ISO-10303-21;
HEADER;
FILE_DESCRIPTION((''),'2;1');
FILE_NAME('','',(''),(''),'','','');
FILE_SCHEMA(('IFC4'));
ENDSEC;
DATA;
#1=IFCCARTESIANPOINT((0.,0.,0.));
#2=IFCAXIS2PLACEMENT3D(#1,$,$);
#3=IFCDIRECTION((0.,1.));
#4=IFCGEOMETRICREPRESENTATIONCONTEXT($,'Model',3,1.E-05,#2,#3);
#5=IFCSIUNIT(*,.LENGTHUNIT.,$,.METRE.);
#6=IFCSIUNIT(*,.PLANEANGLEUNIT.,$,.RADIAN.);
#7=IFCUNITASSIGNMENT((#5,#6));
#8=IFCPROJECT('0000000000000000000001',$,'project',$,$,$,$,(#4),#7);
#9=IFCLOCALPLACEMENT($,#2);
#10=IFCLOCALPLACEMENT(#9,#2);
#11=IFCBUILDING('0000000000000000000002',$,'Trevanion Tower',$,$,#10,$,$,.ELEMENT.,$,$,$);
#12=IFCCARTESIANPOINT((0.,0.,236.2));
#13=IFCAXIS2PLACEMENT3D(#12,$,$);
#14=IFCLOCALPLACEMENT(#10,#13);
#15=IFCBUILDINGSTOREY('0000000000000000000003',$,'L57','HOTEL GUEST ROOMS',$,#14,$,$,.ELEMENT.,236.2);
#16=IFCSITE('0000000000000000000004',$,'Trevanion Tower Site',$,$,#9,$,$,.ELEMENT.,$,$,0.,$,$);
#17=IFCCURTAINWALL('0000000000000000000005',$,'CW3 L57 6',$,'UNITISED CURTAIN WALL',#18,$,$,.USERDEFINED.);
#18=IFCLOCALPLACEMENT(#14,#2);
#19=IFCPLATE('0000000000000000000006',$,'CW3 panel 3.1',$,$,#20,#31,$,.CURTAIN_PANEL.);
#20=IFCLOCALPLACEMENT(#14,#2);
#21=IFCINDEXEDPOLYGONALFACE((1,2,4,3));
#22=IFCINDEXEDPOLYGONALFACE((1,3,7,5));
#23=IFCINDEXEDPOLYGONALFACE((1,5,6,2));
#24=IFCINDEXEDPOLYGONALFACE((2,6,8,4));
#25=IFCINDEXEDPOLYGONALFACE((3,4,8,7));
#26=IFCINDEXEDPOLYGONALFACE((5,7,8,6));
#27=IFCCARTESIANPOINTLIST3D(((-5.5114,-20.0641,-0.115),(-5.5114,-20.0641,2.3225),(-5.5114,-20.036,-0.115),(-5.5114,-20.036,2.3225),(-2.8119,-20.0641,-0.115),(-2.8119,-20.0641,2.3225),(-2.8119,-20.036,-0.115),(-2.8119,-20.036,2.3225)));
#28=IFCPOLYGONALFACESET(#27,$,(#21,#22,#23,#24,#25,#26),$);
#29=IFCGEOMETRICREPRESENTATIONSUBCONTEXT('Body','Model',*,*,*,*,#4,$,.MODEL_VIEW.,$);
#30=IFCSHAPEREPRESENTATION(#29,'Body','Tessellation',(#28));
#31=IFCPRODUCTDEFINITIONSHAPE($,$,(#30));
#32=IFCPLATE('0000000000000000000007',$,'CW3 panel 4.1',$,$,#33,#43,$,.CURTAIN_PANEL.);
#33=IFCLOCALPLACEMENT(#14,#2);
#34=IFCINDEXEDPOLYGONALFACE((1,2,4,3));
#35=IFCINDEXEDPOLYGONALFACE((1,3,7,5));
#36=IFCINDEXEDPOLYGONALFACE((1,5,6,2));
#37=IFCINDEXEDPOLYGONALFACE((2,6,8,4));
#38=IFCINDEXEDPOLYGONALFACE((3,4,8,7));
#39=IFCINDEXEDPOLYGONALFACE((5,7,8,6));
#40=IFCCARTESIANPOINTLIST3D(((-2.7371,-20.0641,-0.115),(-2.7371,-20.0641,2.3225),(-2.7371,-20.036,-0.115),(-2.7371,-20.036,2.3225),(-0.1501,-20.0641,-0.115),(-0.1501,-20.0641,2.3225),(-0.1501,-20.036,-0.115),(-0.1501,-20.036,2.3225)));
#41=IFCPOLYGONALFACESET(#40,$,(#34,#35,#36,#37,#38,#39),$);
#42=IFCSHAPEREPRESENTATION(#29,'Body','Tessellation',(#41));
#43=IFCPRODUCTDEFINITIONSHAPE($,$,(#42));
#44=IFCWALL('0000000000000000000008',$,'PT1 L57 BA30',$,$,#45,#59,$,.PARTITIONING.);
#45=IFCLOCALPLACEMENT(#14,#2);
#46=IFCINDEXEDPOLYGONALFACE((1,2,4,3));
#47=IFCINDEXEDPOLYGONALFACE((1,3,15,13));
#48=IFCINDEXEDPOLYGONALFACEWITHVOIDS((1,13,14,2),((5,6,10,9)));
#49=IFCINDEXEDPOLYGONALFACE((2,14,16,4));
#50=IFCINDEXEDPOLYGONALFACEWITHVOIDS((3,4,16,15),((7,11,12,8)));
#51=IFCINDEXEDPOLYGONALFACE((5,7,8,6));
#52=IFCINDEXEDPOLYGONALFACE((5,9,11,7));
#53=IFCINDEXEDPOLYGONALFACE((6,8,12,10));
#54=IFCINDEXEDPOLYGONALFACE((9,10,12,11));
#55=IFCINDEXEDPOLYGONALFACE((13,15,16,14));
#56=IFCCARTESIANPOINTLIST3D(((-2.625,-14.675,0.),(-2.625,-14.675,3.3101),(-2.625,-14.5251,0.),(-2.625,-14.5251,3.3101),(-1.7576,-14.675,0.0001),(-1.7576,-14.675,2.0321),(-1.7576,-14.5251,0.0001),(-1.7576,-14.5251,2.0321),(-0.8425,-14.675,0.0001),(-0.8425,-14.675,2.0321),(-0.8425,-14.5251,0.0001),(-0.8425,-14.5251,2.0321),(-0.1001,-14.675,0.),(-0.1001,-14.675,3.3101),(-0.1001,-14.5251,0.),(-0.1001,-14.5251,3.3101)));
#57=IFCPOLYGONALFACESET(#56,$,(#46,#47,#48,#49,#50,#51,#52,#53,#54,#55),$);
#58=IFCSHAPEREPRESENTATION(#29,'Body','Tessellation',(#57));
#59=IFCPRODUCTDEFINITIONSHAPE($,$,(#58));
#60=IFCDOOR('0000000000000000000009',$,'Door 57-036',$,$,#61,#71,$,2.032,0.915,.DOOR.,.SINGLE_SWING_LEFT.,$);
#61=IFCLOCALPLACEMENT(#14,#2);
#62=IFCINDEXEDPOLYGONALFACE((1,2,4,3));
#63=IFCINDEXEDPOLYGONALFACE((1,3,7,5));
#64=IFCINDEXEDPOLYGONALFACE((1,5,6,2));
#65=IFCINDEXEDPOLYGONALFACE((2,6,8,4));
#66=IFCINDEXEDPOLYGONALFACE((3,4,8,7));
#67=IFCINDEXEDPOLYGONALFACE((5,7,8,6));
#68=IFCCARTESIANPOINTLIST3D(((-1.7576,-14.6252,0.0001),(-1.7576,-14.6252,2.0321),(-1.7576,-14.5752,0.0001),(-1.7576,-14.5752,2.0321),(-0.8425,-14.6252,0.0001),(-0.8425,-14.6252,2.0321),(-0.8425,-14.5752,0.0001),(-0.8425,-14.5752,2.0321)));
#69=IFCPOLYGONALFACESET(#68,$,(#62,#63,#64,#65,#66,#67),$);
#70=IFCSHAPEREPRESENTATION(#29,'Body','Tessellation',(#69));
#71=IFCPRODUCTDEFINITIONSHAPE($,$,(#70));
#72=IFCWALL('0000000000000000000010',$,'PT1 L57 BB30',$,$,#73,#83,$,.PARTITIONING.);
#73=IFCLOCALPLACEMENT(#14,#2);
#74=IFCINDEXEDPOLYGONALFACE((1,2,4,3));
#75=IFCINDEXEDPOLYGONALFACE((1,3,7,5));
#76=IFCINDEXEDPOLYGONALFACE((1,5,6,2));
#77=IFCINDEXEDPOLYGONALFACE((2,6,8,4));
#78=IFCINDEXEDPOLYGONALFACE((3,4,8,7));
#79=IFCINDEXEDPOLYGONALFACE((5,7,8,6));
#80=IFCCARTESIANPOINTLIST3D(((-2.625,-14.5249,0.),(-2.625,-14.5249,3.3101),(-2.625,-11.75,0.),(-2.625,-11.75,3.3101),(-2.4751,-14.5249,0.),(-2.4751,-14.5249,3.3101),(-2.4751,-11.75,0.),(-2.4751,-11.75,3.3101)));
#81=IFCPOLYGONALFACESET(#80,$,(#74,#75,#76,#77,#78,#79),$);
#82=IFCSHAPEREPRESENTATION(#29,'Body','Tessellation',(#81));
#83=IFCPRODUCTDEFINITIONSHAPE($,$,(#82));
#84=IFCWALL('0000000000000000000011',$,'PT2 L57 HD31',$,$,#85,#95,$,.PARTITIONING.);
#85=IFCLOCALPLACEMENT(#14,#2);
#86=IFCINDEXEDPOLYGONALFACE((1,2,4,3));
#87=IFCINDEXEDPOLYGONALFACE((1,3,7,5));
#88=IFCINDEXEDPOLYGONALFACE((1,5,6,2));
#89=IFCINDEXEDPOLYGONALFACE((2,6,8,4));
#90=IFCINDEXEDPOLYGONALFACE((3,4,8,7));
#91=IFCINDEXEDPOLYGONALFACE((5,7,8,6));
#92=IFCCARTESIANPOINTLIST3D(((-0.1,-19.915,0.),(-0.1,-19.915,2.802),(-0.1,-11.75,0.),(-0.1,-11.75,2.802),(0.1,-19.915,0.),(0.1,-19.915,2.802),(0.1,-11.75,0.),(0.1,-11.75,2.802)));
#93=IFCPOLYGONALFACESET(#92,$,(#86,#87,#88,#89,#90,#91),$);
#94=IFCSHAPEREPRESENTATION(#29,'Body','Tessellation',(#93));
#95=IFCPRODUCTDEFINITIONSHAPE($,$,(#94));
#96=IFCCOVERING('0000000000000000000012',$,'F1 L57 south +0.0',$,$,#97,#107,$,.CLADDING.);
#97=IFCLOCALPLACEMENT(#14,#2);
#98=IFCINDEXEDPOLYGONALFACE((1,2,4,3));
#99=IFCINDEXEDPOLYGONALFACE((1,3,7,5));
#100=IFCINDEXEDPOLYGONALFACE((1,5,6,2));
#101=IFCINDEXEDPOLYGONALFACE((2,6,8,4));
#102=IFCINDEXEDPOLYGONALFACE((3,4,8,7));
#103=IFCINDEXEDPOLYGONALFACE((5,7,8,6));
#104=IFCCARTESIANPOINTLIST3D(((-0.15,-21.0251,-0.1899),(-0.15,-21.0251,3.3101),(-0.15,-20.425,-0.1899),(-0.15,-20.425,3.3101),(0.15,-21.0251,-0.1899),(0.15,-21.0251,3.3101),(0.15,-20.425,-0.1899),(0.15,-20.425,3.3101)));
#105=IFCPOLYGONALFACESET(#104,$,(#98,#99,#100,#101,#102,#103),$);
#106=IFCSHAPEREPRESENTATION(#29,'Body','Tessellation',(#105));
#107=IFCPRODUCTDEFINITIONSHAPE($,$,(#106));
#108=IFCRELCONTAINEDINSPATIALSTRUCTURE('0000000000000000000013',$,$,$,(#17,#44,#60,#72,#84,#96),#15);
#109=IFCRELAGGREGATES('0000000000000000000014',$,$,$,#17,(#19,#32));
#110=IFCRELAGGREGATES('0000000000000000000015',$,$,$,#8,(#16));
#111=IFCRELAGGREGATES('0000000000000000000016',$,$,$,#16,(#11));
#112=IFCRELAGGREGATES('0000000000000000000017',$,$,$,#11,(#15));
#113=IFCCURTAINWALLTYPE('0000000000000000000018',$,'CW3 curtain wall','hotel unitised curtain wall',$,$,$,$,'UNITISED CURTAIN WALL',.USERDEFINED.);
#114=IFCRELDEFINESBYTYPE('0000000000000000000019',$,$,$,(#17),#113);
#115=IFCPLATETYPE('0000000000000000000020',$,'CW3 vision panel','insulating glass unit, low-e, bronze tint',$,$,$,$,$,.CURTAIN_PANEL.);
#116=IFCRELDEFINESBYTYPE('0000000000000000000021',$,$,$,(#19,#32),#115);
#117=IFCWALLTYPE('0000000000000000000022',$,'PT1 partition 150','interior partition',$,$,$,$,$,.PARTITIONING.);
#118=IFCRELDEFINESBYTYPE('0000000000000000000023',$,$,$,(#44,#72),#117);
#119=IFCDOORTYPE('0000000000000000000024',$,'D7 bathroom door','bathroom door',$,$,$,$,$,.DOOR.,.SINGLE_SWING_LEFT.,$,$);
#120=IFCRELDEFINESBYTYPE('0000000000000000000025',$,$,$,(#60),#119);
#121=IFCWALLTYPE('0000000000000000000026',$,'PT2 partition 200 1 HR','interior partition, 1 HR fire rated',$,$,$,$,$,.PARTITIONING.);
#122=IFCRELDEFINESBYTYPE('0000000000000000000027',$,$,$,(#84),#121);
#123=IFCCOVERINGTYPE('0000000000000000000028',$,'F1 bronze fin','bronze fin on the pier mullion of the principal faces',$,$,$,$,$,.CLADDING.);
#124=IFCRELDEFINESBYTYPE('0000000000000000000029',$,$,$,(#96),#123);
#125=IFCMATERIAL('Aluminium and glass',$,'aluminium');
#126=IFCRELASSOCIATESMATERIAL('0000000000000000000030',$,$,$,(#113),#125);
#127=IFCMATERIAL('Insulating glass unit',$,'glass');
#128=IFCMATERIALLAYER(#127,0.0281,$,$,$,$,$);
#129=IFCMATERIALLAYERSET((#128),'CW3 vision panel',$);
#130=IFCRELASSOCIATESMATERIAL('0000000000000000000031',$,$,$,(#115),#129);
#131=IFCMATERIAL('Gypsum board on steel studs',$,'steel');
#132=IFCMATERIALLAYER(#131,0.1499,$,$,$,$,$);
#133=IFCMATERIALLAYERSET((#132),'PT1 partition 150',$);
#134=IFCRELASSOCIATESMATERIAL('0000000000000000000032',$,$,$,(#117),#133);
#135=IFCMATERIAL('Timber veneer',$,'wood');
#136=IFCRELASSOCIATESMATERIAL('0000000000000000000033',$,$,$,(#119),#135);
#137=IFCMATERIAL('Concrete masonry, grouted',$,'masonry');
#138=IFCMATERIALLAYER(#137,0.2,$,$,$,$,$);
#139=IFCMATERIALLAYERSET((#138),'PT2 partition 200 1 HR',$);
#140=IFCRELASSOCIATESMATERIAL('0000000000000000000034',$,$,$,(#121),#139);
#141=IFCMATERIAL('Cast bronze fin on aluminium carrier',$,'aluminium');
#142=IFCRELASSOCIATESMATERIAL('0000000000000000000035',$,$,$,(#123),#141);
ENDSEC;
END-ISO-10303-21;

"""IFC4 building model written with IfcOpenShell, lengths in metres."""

from ifc_helpers import new_model, si_unit, direction, frame, frame_2d, origin, origin_2d, place, context, subcontext, project, spatial, rectangle, extrude, material, layer, layer_set, type_object, element, fill, aggregate, save


model = new_model("IFC4")

# Units and contexts
model_context = context("Model", 3, precision=1e-05, world=origin(), true_north=direction((0.0, 1.0)))
body_context = subcontext(model_context, "Body", "Model", "MODEL_VIEW")
ifc_project = project(units=[si_unit("LENGTHUNIT", "METRE"), si_unit("PLANEANGLEUNIT", "RADIAN")], contexts=[model_context])

# Site, building, storey
site_placement = place(None, origin())
site = spatial("IfcSite", under=ifc_project, at=site_placement, Name="Trevanion Tower Site", CompositionType="ELEMENT", RefElevation=0.0)
building_placement = place(site_placement, origin())
building = spatial("IfcBuilding", under=site, at=building_placement, Name="Trevanion Tower", CompositionType="ELEMENT")
storey_placement = place(building_placement, frame((0.0, 0.0, 236.2)))
storey = spatial("IfcBuildingStorey", under=building, at=storey_placement, Name="L57", Description="HOTEL GUEST ROOMS", CompositionType="ELEMENT", Elevation=236.2)

# Curtain wall
ifc_material_1 = material(Name="Aluminium and glass", Category="aluminium")
curtain_wall_type = type_object("IfcCurtainWallType", Name="CW3 curtain wall", Description="hotel unitised curtain wall", ElementType="UNITISED CURTAIN WALL", PredefinedType="USERDEFINED", material=ifc_material_1)
curtain_wall_placement = place(storey_placement, origin())
curtain_wall = element("IfcCurtainWall", 1, at=curtain_wall_placement, inside=storey, type_object=curtain_wall_type, Name="CW3 L57 6", ObjectType="UNITISED CURTAIN WALL", PredefinedType="USERDEFINED")

# Plates
ifc_material_2 = material(Name="Insulating glass unit", Category="glass")
ifc_layer_1 = layer(ifc_material_2, 0.0281)
ifc_layer_set_1 = layer_set([ifc_layer_1], Name="CW3 vision panel")
plate_type_1 = type_object("IfcPlateType", Name="CW3 vision panel", Description="insulating glass unit, low-e, bronze tint", PredefinedType="CURTAIN_PANEL", material=ifc_layer_set_1)
plate_1_placement = place(storey_placement, frame((-4.1616, -20.05, -0.115), z_axis=(0.0, 0.0, 1.0), x_axis=(1.0, 0.0, 0.0)))
plate_1 = element("IfcPlate", 2, at=plate_1_placement, type_object=plate_type_1, Name="CW3 panel 3.1", PredefinedType="CURTAIN_PANEL", context=body_context, shape_type="SweptSolid", body=[
    extrude(rectangle(XDim=2.6995, YDim=0.0281, at=origin_2d()), origin(), (0.0, 0.0, 1.0), 2.4375),
])
plate_2_placement = place(storey_placement, frame((-1.4436, -20.05, -0.115), z_axis=(0.0, 0.0, 1.0), x_axis=(1.0, 0.0, 0.0)))
plate_2 = element("IfcPlate", 3, at=plate_2_placement, type_object=plate_type_1, Name="CW3 panel 4.1", PredefinedType="CURTAIN_PANEL", context=body_context, shape_type="SweptSolid", body=[
    extrude(rectangle(XDim=2.5869, YDim=0.0281, at=origin_2d()), origin(), (0.0, 0.0, 1.0), 2.4375),
])
aggregate(curtain_wall, [plate_1, plate_2])

# Wall, opening, door
ifc_material_3 = material(Name="Gypsum board on steel studs", Category="steel")
ifc_layer_2 = layer(ifc_material_3, 0.1499)
ifc_layer_set_2 = layer_set([ifc_layer_2], Name="PT1 partition 150")
wall_type_1 = type_object("IfcWallType", Name="PT1 partition 150", Description="interior partition", PredefinedType="PARTITIONING", material=ifc_layer_set_2)
wall_1_placement = place(storey_placement, frame((-2.625, -14.6001, 0.0), z_axis=(0.0, 0.0, 1.0), x_axis=(1.0, 0.0, 0.0)))
wall_1 = element("IfcWall", 4, at=wall_1_placement, inside=storey, type_object=wall_type_1, Name="PT1 L57 BA30", PredefinedType="PARTITIONING", context=body_context, shape_type="SweptSolid", body=[
    extrude(rectangle(XDim=2.5249, YDim=0.1499, at=frame_2d((1.2625, 0.0))), origin(), (0.0, 0.0, 1.0), 3.3101),
])
opening_placement = place(wall_1_placement, frame((0.8674, 0.0, 0.0)))
opening = element("IfcOpeningElement", 5, at=opening_placement, cuts=wall_1, PredefinedType="OPENING", context=body_context, shape_type="SweptSolid", body=[
    extrude(rectangle(XDim=0.915, YDim=2.032, at=frame_2d((0.4575, 1.0161))), frame((0.0, 0.085, 0.0), z_axis=(0.0, -1.0, 0.0), x_axis=(1.0, 0.0, 0.0)), (0.0, 0.0, 1.0), 0.1699),
])
ifc_material_4 = material(Name="Timber veneer", Category="wood")
door_type = type_object("IfcDoorType", Name="D7 bathroom door", Description="bathroom door", OperationType="SINGLE_SWING_LEFT", PredefinedType="DOOR", material=ifc_material_4)
door_placement = place(opening_placement, origin())
door = element("IfcDoor", 6, at=door_placement, inside=storey, type_object=door_type, Name="Door 57-036", OperationType="SINGLE_SWING_LEFT", OverallHeight=2.032, OverallWidth=0.915, PredefinedType="DOOR", context=body_context, shape_type="SweptSolid", body=[
    extrude(rectangle(XDim=0.915, YDim=2.032, at=frame_2d((0.4575, 1.0161))), frame((0.0, 0.0249, 0.0), z_axis=(0.0, -1.0, 0.0), x_axis=(1.0, 0.0, 0.0)), (0.0, 0.0, 1.0), 0.05),
])
fill(opening, door)

# Walls
wall_2_placement = place(storey_placement, frame((-2.55, -11.75, 0.0), z_axis=(0.0, 0.0, 1.0), x_axis=(0.0, -1.0, 0.0)))
element("IfcWall", 7, at=wall_2_placement, inside=storey, type_object=wall_type_1, Name="PT1 L57 BB30", PredefinedType="PARTITIONING", context=body_context, shape_type="SweptSolid", body=[
    extrude(rectangle(XDim=2.7749, YDim=0.1499, at=frame_2d((1.3875, 0.0))), origin(), (0.0, 0.0, 1.0), 3.3101),
])
ifc_material_5 = material(Name="Concrete masonry, grouted", Category="masonry")
ifc_layer_3 = layer(ifc_material_5, 0.2)
ifc_layer_set_3 = layer_set([ifc_layer_3], Name="PT2 partition 200 1 HR")
wall_type_2 = type_object("IfcWallType", Name="PT2 partition 200 1 HR", Description="interior partition, 1 HR fire rated", PredefinedType="PARTITIONING", material=ifc_layer_set_3)
wall_3_placement = place(storey_placement, frame((0.0, -11.75, 0.0), z_axis=(0.0, 0.0, 1.0), x_axis=(0.0, -1.0, 0.0)))
element("IfcWall", 8, at=wall_3_placement, inside=storey, type_object=wall_type_2, Name="PT2 L57 HD31", PredefinedType="PARTITIONING", context=body_context, shape_type="SweptSolid", body=[
    extrude(rectangle(XDim=8.165, YDim=0.2, at=frame_2d((4.0825, 0.0))), origin(), (0.0, 0.0, 1.0), 2.802),
])

# Covering
ifc_material_6 = material(Name="Cast bronze fin on aluminium carrier", Category="aluminium")
covering_type = type_object("IfcCoveringType", Name="F1 bronze fin", Description="bronze fin on the pier mullion of the principal faces", PredefinedType="CLADDING", material=ifc_material_6)
covering_placement = place(storey_placement, frame((0.0, -20.7251, -0.1899), z_axis=(0.0, 0.0, 1.0), x_axis=(1.0, 0.0, 0.0)))
element("IfcCovering", 9, at=covering_placement, inside=storey, type_object=covering_type, Name="F1 L57 south +0.0", PredefinedType="CLADDING", context=body_context, shape_type="SweptSolid", body=[
    extrude(rectangle(XDim=0.3, YDim=0.6001, at=origin_2d()), origin(), (0.0, 0.0, 1.0), 3.5),
])

save(model, "model.ifc")
